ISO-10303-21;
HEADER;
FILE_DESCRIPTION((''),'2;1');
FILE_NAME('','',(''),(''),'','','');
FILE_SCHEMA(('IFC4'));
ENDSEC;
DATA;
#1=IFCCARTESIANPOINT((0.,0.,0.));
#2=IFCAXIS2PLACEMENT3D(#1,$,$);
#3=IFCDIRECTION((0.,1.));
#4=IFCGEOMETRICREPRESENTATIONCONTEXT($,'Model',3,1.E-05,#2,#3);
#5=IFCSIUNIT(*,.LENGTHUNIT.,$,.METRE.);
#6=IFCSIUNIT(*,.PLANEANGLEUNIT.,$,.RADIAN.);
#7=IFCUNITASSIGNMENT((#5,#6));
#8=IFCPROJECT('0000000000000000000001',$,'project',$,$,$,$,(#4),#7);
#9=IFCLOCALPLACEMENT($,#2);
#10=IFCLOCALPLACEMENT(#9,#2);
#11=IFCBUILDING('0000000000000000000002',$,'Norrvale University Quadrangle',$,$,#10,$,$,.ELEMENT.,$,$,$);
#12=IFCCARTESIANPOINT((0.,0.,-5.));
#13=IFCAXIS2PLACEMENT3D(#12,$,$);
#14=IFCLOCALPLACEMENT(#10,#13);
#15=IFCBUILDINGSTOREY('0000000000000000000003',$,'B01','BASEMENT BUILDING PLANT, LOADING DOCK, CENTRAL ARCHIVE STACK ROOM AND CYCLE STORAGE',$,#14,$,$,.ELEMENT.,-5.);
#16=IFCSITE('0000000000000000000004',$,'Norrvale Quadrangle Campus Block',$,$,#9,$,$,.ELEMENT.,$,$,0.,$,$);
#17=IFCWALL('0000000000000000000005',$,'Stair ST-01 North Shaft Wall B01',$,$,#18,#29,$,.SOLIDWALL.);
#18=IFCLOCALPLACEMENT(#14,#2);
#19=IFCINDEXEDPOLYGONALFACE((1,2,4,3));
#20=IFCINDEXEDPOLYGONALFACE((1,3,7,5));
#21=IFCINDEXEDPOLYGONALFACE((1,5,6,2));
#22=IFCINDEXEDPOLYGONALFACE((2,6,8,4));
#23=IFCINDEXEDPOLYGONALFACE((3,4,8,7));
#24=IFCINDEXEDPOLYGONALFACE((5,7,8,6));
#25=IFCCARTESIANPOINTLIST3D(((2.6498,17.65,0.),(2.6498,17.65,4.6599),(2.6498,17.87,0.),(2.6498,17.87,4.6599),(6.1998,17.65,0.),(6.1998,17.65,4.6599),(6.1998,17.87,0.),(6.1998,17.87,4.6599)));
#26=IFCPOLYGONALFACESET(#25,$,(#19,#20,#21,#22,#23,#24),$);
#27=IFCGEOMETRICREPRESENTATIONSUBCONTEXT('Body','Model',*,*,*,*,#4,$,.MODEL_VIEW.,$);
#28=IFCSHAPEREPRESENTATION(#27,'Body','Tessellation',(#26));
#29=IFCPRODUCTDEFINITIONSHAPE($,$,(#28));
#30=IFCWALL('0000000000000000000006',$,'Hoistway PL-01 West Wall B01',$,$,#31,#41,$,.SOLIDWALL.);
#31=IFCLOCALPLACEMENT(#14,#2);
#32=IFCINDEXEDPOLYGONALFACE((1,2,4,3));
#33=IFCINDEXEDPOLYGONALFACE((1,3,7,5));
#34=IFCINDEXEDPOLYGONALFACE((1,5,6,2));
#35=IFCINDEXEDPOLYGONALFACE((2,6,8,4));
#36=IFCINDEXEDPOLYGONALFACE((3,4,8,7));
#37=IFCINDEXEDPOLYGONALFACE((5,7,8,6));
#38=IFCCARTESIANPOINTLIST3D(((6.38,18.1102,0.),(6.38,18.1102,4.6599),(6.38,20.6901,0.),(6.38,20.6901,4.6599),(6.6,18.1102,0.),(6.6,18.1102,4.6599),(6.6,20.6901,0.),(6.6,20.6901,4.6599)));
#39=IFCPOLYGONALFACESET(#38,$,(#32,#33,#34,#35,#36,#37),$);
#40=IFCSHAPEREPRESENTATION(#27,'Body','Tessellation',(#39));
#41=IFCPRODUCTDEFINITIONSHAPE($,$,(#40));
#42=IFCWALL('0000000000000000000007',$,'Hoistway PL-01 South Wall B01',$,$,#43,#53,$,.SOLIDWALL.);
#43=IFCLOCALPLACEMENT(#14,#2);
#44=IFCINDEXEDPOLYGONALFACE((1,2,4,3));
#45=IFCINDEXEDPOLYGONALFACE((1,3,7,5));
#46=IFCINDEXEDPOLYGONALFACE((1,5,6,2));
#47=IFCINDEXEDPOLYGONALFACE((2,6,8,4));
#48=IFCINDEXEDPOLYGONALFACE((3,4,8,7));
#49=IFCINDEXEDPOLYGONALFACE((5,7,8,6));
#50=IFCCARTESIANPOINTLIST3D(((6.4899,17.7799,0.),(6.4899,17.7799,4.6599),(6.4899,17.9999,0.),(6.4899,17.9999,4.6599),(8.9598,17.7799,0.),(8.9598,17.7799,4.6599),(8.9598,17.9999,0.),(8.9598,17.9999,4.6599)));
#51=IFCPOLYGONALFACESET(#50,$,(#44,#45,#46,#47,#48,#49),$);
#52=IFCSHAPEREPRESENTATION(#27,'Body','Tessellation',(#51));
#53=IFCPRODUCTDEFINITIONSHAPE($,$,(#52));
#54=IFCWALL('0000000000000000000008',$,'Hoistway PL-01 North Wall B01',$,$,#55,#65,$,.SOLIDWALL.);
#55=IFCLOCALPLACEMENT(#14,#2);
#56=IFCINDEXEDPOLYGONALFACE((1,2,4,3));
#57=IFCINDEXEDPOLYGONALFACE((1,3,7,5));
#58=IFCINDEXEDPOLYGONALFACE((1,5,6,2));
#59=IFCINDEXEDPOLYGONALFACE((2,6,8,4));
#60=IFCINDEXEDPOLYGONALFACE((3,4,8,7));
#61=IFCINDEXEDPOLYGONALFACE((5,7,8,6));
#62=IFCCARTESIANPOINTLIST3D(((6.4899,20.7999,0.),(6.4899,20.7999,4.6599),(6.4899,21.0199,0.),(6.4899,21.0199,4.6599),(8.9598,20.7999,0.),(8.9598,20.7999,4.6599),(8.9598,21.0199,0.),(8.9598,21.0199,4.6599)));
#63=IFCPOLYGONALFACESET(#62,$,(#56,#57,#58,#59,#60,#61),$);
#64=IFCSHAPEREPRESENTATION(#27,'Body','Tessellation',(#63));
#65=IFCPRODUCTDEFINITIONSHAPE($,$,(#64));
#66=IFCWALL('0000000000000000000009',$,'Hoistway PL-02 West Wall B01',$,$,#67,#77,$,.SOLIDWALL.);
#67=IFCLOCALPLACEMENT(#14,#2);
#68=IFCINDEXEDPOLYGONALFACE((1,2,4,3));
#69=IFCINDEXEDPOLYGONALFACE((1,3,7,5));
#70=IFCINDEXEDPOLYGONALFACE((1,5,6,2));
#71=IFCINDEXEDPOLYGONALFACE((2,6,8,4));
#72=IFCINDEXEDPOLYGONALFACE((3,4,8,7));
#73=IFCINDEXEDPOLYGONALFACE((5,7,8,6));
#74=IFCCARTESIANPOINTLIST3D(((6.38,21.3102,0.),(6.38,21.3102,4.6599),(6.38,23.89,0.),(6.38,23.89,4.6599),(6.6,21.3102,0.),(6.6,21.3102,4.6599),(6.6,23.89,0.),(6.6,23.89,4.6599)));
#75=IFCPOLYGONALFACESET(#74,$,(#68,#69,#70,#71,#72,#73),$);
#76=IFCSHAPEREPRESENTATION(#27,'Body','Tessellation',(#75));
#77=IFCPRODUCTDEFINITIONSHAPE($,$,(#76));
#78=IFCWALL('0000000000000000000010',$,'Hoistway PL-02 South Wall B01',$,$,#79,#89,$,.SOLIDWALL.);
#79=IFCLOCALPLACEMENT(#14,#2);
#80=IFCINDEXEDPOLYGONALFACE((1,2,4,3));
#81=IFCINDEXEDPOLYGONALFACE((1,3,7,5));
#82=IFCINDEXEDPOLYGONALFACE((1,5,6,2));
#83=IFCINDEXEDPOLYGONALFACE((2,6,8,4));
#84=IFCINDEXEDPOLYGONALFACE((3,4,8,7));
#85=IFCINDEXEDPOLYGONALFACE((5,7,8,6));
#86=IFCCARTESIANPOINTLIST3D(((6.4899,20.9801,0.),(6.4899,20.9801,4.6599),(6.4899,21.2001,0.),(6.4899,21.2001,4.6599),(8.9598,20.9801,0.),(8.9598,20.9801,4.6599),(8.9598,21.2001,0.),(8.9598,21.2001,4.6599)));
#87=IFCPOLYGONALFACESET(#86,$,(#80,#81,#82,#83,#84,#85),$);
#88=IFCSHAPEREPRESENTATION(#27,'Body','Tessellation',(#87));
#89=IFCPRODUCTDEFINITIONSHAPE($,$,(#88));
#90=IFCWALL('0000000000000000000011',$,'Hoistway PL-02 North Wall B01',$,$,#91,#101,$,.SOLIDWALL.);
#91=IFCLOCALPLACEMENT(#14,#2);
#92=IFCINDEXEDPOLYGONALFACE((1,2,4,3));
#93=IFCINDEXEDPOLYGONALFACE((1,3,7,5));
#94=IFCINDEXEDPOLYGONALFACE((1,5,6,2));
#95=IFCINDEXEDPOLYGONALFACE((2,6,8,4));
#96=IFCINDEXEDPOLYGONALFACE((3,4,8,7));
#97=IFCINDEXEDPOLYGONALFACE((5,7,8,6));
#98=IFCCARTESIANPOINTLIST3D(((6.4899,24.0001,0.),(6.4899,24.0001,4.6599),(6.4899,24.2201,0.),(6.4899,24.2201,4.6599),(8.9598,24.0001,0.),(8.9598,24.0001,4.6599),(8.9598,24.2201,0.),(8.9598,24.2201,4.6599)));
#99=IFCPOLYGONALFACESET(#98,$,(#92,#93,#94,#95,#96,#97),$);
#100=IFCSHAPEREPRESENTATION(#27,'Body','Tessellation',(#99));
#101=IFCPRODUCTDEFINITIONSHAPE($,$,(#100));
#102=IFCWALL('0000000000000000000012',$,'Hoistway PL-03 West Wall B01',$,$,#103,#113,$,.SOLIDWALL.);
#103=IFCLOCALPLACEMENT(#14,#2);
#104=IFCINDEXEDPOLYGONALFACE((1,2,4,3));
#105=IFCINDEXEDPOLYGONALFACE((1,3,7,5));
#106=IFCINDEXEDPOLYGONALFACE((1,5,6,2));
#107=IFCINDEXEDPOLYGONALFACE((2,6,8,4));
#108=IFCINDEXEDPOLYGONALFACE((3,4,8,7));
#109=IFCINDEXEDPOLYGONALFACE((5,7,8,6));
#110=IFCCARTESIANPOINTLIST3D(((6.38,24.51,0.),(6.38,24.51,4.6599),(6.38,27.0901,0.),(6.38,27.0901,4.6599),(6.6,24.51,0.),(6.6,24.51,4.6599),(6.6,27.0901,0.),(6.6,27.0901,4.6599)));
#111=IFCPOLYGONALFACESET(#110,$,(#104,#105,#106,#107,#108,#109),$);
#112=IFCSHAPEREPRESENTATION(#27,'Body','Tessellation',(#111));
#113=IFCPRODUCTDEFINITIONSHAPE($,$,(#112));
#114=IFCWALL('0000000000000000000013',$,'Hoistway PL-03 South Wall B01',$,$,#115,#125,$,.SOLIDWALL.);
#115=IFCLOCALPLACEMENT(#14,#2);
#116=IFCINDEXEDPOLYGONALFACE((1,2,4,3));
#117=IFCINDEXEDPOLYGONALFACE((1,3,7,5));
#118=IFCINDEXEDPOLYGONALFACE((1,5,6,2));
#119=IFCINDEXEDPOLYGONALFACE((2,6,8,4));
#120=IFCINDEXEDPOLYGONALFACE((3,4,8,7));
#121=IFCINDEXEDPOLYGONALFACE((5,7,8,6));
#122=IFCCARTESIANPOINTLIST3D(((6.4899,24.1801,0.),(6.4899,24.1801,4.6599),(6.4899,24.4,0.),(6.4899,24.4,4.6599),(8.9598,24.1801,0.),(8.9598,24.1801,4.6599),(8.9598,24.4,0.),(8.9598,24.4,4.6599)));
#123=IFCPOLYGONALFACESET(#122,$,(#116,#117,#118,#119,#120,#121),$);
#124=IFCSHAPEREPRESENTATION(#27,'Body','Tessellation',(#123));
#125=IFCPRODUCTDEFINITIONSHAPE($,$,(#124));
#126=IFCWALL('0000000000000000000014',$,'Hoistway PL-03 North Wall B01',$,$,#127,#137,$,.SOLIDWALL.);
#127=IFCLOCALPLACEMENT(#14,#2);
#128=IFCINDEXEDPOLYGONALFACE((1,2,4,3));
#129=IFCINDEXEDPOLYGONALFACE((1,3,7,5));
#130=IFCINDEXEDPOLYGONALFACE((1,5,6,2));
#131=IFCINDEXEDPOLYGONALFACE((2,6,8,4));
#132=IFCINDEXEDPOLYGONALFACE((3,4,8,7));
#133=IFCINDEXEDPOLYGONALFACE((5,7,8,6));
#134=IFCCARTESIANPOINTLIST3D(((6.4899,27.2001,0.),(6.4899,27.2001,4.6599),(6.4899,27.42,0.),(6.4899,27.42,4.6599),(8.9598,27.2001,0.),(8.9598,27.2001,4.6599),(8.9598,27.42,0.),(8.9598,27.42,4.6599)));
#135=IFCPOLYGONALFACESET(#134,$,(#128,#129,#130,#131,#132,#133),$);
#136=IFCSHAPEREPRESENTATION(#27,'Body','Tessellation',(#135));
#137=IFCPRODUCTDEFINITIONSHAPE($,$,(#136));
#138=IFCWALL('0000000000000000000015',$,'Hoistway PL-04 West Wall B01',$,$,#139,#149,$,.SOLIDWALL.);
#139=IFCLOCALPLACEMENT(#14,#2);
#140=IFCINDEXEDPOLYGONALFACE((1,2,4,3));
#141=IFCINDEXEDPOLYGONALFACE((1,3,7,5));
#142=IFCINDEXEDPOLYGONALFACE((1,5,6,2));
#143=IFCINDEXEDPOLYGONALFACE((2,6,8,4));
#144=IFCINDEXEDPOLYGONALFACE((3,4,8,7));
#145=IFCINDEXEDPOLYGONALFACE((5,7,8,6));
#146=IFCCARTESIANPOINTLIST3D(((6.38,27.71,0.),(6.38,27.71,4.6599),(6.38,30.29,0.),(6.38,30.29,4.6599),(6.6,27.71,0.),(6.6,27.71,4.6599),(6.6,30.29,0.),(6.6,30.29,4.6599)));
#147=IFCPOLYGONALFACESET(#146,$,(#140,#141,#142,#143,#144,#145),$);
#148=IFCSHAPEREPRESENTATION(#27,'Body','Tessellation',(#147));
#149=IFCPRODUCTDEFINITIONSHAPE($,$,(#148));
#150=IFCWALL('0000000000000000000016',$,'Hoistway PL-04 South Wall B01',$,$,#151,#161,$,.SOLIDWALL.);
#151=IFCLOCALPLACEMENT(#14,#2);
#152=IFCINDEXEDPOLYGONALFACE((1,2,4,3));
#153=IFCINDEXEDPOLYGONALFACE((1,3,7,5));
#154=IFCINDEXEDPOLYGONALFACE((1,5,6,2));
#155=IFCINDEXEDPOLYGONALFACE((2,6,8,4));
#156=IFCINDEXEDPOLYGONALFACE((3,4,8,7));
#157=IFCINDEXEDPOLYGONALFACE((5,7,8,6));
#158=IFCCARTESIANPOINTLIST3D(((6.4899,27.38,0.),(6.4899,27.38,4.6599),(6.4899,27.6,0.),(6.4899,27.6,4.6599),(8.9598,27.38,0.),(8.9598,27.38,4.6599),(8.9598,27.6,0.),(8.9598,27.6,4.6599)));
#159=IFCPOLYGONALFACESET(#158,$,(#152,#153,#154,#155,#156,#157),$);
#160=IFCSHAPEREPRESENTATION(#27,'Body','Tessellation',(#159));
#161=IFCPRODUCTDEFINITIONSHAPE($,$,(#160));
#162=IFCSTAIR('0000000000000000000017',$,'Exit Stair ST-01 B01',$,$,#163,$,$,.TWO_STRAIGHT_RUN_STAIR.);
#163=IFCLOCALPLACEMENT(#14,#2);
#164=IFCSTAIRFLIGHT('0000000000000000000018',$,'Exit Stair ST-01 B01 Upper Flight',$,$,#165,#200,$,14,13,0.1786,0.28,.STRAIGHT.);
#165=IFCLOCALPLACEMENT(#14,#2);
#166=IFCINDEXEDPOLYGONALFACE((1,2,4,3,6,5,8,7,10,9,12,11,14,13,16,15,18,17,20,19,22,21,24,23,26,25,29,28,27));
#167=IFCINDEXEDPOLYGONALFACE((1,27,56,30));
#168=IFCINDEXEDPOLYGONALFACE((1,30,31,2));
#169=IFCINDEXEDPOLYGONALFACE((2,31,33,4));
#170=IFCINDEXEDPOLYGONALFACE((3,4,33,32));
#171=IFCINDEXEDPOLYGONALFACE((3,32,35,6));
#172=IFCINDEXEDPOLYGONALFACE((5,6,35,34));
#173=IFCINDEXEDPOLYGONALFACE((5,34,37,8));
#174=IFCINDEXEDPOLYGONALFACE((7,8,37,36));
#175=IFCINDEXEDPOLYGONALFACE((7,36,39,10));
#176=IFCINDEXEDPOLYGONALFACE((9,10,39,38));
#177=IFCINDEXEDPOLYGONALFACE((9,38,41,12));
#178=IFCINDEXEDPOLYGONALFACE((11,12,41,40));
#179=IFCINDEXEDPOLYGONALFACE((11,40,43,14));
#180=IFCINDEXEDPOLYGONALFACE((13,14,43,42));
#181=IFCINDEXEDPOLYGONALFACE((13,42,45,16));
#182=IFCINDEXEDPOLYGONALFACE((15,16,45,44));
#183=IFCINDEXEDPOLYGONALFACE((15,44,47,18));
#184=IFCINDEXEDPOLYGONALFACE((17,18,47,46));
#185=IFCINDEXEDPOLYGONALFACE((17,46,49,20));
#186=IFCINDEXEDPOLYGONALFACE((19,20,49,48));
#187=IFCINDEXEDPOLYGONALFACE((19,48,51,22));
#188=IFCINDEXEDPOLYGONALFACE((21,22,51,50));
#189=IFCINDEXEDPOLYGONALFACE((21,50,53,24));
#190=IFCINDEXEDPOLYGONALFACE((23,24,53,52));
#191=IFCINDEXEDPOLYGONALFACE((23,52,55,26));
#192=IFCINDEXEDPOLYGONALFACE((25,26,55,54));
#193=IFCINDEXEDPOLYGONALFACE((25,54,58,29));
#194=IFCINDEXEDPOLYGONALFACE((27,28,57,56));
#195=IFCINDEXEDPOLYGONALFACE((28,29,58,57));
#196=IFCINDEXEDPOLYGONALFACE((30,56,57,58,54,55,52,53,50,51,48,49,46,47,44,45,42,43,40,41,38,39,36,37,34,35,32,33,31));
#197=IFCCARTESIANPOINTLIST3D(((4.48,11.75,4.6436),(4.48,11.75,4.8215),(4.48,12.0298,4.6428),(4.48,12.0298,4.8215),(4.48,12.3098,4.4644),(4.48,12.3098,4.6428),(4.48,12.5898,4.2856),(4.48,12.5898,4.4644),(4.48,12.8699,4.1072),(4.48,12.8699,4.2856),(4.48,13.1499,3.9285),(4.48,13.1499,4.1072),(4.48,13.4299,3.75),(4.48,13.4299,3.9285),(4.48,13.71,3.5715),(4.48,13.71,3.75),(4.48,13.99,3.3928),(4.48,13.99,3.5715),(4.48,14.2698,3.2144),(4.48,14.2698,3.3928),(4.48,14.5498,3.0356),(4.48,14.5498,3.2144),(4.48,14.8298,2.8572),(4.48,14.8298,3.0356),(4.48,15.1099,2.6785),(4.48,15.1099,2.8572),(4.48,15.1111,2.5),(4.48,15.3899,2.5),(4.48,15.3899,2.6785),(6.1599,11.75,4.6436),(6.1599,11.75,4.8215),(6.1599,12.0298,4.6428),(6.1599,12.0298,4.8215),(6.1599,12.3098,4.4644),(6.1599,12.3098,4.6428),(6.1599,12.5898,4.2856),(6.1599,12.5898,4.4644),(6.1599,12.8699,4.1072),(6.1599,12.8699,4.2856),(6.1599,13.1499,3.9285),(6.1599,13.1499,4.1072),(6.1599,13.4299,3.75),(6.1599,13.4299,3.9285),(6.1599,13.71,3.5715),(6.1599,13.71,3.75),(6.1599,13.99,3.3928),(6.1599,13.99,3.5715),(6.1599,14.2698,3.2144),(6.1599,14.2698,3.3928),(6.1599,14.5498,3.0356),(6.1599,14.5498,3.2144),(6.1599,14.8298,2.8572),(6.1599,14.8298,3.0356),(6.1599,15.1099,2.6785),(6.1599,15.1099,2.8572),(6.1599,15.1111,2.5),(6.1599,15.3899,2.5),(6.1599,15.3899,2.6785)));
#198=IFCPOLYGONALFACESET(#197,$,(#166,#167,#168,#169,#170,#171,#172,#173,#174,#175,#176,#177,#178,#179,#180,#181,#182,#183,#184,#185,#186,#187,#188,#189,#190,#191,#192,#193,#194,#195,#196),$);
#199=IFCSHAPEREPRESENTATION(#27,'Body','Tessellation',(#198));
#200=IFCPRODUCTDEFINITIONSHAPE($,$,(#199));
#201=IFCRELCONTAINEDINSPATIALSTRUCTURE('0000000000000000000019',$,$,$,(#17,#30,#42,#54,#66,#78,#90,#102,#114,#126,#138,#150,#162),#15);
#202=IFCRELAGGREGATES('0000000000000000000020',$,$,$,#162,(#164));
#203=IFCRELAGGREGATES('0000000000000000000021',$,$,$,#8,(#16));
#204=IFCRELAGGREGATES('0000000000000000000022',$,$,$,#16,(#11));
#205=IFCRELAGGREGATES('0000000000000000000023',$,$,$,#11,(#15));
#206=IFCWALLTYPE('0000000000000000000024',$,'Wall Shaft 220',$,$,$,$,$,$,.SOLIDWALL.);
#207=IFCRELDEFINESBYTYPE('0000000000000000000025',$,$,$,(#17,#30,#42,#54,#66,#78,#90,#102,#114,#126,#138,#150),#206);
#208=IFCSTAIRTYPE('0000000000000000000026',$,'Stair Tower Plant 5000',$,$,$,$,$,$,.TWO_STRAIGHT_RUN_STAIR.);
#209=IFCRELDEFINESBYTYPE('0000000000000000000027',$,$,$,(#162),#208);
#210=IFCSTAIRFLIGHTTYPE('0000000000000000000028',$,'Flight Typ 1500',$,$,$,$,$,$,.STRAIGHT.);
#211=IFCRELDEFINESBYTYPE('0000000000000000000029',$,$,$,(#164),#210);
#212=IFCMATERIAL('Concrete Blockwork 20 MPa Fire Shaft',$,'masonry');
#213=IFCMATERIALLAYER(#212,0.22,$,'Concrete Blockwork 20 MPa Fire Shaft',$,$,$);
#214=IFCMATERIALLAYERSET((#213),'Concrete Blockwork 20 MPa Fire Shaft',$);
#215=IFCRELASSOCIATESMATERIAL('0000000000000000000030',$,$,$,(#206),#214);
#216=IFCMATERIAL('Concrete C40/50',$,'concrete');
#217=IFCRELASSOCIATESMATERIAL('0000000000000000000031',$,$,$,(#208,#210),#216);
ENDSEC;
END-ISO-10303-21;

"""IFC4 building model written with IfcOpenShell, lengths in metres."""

from ifc_helpers import new_model, si_unit, direction, frame, frame_2d, origin, place, context, subcontext, project, spatial, polyline, rectangle, outline, extrude, material, layer, layer_set, type_object, element, aggregate, save


model = new_model("IFC4")

# Units and contexts
model_context = context("Model", 3, precision=1e-05, world=origin(), true_north=direction((0.0, 1.0)))
body_context = subcontext(model_context, "Body", "Model", "MODEL_VIEW")
ifc_project = project(units=[si_unit("LENGTHUNIT", "METRE"), si_unit("PLANEANGLEUNIT", "RADIAN")], contexts=[model_context])

# Site, building, storey
site_placement = place(None, origin())
site = spatial("IfcSite", under=ifc_project, at=site_placement, Name="Norrvale Quadrangle Campus Block", CompositionType="ELEMENT", RefElevation=0.0)
building_placement = place(site_placement, origin())
building = spatial("IfcBuilding", under=site, at=building_placement, Name="Norrvale University Quadrangle", CompositionType="ELEMENT")
storey_placement = place(building_placement, frame((0.0, 0.0, -5.0)))
storey = spatial("IfcBuildingStorey", under=building, at=storey_placement, Name="B01", Description="BASEMENT BUILDING PLANT, LOADING DOCK, CENTRAL ARCHIVE STACK ROOM AND CYCLE STORAGE", CompositionType="ELEMENT", Elevation=-5.0)

# Walls
ifc_material_1 = material(Name="Concrete Blockwork 20 MPa Fire Shaft", Category="masonry")
ifc_layer = layer(ifc_material_1, 0.22, Name="Concrete Blockwork 20 MPa Fire Shaft")
ifc_layer_set = layer_set([ifc_layer], Name="Concrete Blockwork 20 MPa Fire Shaft")
wall_type = type_object("IfcWallType", Name="Wall Shaft 220", PredefinedType="SOLIDWALL", material=ifc_layer_set)
wall_1_placement = place(storey_placement, frame((2.6499, 17.76, 0.0), z_axis=(0.0, 0.0, 1.0), x_axis=(1.0, 0.0, 0.0)))
element("IfcWall", 1, at=wall_1_placement, inside=storey, type_object=wall_type, Name="Stair ST-01 North Shaft Wall B01", PredefinedType="SOLIDWALL", context=body_context, shape_type="SweptSolid", body=[
    extrude(rectangle(XDim=3.55, YDim=0.22, at=frame_2d((1.7749, 0.0))), origin(), (0.0, 0.0, 1.0), 4.6599),
])
wall_2_placement = place(storey_placement, frame((6.49, 18.1101, 0.0), z_axis=(0.0, 0.0, 1.0), x_axis=(0.0, 1.0, 0.0)))
element("IfcWall", 2, at=wall_2_placement, inside=storey, type_object=wall_type, Name="Hoistway PL-01 West Wall B01", PredefinedType="SOLIDWALL", context=body_context, shape_type="SweptSolid", body=[
    extrude(rectangle(XDim=2.5798, YDim=0.22, at=frame_2d((1.29, 0.0))), origin(), (0.0, 0.0, 1.0), 4.6599),
])
for number, where, z_axis, x_axis, name in (
    (3, (6.49, 17.8899, 0.0), (0.0, 0.0, 1.0), (1.0, 0.0, 0.0), "Hoistway PL-01 South Wall B01"),
    (4, (6.49, 20.9099, 0.0), (0.0, 0.0, 1.0), (1.0, 0.0, 0.0), "Hoistway PL-01 North Wall B01"),
):
    element("IfcWall", number, at=place(storey_placement, frame(where, z_axis=z_axis, x_axis=x_axis)), inside=storey, type_object=wall_type, Name=name, PredefinedType="SOLIDWALL", context=body_context, shape_type="SweptSolid", body=[
        extrude(rectangle(XDim=2.47, YDim=0.22, at=frame_2d((1.2349, 0.0))), origin(), (0.0, 0.0, 1.0), 4.6599),
    ])
wall_3_placement = place(storey_placement, frame((6.49, 21.3101, 0.0), z_axis=(0.0, 0.0, 1.0), x_axis=(0.0, 1.0, 0.0)))
element("IfcWall", 5, at=wall_3_placement, inside=storey, type_object=wall_type, Name="Hoistway PL-02 West Wall B01", PredefinedType="SOLIDWALL", context=body_context, shape_type="SweptSolid", body=[
    extrude(rectangle(XDim=2.5798, YDim=0.22, at=frame_2d((1.29, 0.0))), origin(), (0.0, 0.0, 1.0), 4.6599),
])
for number, where, z_axis, x_axis, name in (
    (6, (6.49, 21.0901, 0.0), (0.0, 0.0, 1.0), (1.0, 0.0, 0.0), "Hoistway PL-02 South Wall B01"),
    (7, (6.49, 24.1101, 0.0), (0.0, 0.0, 1.0), (1.0, 0.0, 0.0), "Hoistway PL-02 North Wall B01"),
):
    element("IfcWall", number, at=place(storey_placement, frame(where, z_axis=z_axis, x_axis=x_axis)), inside=storey, type_object=wall_type, Name=name, PredefinedType="SOLIDWALL", context=body_context, shape_type="SweptSolid", body=[
        extrude(rectangle(XDim=2.47, YDim=0.22, at=frame_2d((1.2349, 0.0))), origin(), (0.0, 0.0, 1.0), 4.6599),
    ])
wall_4_placement = place(storey_placement, frame((6.49, 24.51, 0.0), z_axis=(0.0, 0.0, 1.0), x_axis=(0.0, 1.0, 0.0)))
element("IfcWall", 8, at=wall_4_placement, inside=storey, type_object=wall_type, Name="Hoistway PL-03 West Wall B01", PredefinedType="SOLIDWALL", context=body_context, shape_type="SweptSolid", body=[
    extrude(rectangle(XDim=2.5801, YDim=0.22, at=frame_2d((1.29, 0.0))), origin(), (0.0, 0.0, 1.0), 4.6599),
])
for number, where, z_axis, x_axis, name in (
    (9, (6.49, 24.29, 0.0), (0.0, 0.0, 1.0), (1.0, 0.0, 0.0), "Hoistway PL-03 South Wall B01"),
    (10, (6.49, 27.3101, 0.0), (0.0, 0.0, 1.0), (1.0, 0.0, 0.0), "Hoistway PL-03 North Wall B01"),
):
    element("IfcWall", number, at=place(storey_placement, frame(where, z_axis=z_axis, x_axis=x_axis)), inside=storey, type_object=wall_type, Name=name, PredefinedType="SOLIDWALL", context=body_context, shape_type="SweptSolid", body=[
        extrude(rectangle(XDim=2.47, YDim=0.22, at=frame_2d((1.2349, 0.0))), origin(), (0.0, 0.0, 1.0), 4.6599),
    ])
wall_5_placement = place(storey_placement, frame((6.49, 27.71, 0.0), z_axis=(0.0, 0.0, 1.0), x_axis=(0.0, 1.0, 0.0)))
element("IfcWall", 11, at=wall_5_placement, inside=storey, type_object=wall_type, Name="Hoistway PL-04 West Wall B01", PredefinedType="SOLIDWALL", context=body_context, shape_type="SweptSolid", body=[
    extrude(rectangle(XDim=2.5801, YDim=0.22, at=frame_2d((1.29, 0.0))), origin(), (0.0, 0.0, 1.0), 4.6599),
])
wall_6_placement = place(storey_placement, frame((6.49, 27.49, 0.0), z_axis=(0.0, 0.0, 1.0), x_axis=(1.0, 0.0, 0.0)))
element("IfcWall", 12, at=wall_6_placement, inside=storey, type_object=wall_type, Name="Hoistway PL-04 South Wall B01", PredefinedType="SOLIDWALL", context=body_context, shape_type="SweptSolid", body=[
    extrude(rectangle(XDim=2.47, YDim=0.22, at=frame_2d((1.2349, 0.0))), origin(), (0.0, 0.0, 1.0), 4.6599),
])

# Stair, stair flight
ifc_material_2 = material(Name="Concrete C40/50", Category="concrete")
stair_type = type_object("IfcStairType", Name="Stair Tower Plant 5000", PredefinedType="TWO_STRAIGHT_RUN_STAIR", material=ifc_material_2)
stair_placement = place(storey_placement, origin())
stair = element("IfcStair", 13, at=stair_placement, inside=storey, type_object=stair_type, Name="Exit Stair ST-01 B01", PredefinedType="TWO_STRAIGHT_RUN_STAIR")
stair_flight_type = type_object("IfcStairFlightType", Name="Flight Typ 1500", PredefinedType="STRAIGHT", material=ifc_material_2)
stair_flight_placement = place(storey_placement, frame((5.3201, 15.3899, 2.5), z_axis=(0.0, 0.0, 1.0), x_axis=(0.0, -1.0, 0.0)))
stair_flight = element("IfcStairFlight", 14, at=stair_flight_placement, type_object=stair_flight_type, Name="Exit Stair ST-01 B01 Upper Flight", NumberOfRisers=14, NumberOfTreads=13, PredefinedType="STRAIGHT", RiserHeight=0.1786, TreadLength=0.28, context=body_context, shape_type="SweptSolid", body=[
    extrude(outline(polyline([(0.0, 0.0), (0.0, 0.1785), (0.28, 0.1785), (0.28, 0.3572), (0.5601, 0.3572), (0.5601, 0.5356), (0.8401, 0.5356), (0.8401, 0.7144), (1.1201, 0.7144), (1.1201, 0.8928), (1.3999, 0.8928), (1.3999, 1.0715), (1.6799, 1.0715), (1.6799, 1.25), (1.96, 1.25), (1.96, 1.4285), (2.24, 1.4285), (2.24, 1.6072), (2.52, 1.6072), (2.52, 1.7856), (2.8, 1.7856), (2.8, 1.9644), (3.0801, 1.9644), (3.0801, 2.1428), (3.3601, 2.1428), (3.3601, 2.3215), (3.6399, 2.3215), (3.6399, 2.5), (3.6399, 2.1436), (0.2788, 0.0), (0.0, 0.0)])), frame((0.0, 0.8398, 0.0), z_axis=(0.0, -1.0, 0.0), x_axis=(1.0, 0.0, 0.0)), (0.0, 0.0, 1.0), 1.6799),
])
aggregate(stair, [stair_flight])

save(model, "model.ifc")
